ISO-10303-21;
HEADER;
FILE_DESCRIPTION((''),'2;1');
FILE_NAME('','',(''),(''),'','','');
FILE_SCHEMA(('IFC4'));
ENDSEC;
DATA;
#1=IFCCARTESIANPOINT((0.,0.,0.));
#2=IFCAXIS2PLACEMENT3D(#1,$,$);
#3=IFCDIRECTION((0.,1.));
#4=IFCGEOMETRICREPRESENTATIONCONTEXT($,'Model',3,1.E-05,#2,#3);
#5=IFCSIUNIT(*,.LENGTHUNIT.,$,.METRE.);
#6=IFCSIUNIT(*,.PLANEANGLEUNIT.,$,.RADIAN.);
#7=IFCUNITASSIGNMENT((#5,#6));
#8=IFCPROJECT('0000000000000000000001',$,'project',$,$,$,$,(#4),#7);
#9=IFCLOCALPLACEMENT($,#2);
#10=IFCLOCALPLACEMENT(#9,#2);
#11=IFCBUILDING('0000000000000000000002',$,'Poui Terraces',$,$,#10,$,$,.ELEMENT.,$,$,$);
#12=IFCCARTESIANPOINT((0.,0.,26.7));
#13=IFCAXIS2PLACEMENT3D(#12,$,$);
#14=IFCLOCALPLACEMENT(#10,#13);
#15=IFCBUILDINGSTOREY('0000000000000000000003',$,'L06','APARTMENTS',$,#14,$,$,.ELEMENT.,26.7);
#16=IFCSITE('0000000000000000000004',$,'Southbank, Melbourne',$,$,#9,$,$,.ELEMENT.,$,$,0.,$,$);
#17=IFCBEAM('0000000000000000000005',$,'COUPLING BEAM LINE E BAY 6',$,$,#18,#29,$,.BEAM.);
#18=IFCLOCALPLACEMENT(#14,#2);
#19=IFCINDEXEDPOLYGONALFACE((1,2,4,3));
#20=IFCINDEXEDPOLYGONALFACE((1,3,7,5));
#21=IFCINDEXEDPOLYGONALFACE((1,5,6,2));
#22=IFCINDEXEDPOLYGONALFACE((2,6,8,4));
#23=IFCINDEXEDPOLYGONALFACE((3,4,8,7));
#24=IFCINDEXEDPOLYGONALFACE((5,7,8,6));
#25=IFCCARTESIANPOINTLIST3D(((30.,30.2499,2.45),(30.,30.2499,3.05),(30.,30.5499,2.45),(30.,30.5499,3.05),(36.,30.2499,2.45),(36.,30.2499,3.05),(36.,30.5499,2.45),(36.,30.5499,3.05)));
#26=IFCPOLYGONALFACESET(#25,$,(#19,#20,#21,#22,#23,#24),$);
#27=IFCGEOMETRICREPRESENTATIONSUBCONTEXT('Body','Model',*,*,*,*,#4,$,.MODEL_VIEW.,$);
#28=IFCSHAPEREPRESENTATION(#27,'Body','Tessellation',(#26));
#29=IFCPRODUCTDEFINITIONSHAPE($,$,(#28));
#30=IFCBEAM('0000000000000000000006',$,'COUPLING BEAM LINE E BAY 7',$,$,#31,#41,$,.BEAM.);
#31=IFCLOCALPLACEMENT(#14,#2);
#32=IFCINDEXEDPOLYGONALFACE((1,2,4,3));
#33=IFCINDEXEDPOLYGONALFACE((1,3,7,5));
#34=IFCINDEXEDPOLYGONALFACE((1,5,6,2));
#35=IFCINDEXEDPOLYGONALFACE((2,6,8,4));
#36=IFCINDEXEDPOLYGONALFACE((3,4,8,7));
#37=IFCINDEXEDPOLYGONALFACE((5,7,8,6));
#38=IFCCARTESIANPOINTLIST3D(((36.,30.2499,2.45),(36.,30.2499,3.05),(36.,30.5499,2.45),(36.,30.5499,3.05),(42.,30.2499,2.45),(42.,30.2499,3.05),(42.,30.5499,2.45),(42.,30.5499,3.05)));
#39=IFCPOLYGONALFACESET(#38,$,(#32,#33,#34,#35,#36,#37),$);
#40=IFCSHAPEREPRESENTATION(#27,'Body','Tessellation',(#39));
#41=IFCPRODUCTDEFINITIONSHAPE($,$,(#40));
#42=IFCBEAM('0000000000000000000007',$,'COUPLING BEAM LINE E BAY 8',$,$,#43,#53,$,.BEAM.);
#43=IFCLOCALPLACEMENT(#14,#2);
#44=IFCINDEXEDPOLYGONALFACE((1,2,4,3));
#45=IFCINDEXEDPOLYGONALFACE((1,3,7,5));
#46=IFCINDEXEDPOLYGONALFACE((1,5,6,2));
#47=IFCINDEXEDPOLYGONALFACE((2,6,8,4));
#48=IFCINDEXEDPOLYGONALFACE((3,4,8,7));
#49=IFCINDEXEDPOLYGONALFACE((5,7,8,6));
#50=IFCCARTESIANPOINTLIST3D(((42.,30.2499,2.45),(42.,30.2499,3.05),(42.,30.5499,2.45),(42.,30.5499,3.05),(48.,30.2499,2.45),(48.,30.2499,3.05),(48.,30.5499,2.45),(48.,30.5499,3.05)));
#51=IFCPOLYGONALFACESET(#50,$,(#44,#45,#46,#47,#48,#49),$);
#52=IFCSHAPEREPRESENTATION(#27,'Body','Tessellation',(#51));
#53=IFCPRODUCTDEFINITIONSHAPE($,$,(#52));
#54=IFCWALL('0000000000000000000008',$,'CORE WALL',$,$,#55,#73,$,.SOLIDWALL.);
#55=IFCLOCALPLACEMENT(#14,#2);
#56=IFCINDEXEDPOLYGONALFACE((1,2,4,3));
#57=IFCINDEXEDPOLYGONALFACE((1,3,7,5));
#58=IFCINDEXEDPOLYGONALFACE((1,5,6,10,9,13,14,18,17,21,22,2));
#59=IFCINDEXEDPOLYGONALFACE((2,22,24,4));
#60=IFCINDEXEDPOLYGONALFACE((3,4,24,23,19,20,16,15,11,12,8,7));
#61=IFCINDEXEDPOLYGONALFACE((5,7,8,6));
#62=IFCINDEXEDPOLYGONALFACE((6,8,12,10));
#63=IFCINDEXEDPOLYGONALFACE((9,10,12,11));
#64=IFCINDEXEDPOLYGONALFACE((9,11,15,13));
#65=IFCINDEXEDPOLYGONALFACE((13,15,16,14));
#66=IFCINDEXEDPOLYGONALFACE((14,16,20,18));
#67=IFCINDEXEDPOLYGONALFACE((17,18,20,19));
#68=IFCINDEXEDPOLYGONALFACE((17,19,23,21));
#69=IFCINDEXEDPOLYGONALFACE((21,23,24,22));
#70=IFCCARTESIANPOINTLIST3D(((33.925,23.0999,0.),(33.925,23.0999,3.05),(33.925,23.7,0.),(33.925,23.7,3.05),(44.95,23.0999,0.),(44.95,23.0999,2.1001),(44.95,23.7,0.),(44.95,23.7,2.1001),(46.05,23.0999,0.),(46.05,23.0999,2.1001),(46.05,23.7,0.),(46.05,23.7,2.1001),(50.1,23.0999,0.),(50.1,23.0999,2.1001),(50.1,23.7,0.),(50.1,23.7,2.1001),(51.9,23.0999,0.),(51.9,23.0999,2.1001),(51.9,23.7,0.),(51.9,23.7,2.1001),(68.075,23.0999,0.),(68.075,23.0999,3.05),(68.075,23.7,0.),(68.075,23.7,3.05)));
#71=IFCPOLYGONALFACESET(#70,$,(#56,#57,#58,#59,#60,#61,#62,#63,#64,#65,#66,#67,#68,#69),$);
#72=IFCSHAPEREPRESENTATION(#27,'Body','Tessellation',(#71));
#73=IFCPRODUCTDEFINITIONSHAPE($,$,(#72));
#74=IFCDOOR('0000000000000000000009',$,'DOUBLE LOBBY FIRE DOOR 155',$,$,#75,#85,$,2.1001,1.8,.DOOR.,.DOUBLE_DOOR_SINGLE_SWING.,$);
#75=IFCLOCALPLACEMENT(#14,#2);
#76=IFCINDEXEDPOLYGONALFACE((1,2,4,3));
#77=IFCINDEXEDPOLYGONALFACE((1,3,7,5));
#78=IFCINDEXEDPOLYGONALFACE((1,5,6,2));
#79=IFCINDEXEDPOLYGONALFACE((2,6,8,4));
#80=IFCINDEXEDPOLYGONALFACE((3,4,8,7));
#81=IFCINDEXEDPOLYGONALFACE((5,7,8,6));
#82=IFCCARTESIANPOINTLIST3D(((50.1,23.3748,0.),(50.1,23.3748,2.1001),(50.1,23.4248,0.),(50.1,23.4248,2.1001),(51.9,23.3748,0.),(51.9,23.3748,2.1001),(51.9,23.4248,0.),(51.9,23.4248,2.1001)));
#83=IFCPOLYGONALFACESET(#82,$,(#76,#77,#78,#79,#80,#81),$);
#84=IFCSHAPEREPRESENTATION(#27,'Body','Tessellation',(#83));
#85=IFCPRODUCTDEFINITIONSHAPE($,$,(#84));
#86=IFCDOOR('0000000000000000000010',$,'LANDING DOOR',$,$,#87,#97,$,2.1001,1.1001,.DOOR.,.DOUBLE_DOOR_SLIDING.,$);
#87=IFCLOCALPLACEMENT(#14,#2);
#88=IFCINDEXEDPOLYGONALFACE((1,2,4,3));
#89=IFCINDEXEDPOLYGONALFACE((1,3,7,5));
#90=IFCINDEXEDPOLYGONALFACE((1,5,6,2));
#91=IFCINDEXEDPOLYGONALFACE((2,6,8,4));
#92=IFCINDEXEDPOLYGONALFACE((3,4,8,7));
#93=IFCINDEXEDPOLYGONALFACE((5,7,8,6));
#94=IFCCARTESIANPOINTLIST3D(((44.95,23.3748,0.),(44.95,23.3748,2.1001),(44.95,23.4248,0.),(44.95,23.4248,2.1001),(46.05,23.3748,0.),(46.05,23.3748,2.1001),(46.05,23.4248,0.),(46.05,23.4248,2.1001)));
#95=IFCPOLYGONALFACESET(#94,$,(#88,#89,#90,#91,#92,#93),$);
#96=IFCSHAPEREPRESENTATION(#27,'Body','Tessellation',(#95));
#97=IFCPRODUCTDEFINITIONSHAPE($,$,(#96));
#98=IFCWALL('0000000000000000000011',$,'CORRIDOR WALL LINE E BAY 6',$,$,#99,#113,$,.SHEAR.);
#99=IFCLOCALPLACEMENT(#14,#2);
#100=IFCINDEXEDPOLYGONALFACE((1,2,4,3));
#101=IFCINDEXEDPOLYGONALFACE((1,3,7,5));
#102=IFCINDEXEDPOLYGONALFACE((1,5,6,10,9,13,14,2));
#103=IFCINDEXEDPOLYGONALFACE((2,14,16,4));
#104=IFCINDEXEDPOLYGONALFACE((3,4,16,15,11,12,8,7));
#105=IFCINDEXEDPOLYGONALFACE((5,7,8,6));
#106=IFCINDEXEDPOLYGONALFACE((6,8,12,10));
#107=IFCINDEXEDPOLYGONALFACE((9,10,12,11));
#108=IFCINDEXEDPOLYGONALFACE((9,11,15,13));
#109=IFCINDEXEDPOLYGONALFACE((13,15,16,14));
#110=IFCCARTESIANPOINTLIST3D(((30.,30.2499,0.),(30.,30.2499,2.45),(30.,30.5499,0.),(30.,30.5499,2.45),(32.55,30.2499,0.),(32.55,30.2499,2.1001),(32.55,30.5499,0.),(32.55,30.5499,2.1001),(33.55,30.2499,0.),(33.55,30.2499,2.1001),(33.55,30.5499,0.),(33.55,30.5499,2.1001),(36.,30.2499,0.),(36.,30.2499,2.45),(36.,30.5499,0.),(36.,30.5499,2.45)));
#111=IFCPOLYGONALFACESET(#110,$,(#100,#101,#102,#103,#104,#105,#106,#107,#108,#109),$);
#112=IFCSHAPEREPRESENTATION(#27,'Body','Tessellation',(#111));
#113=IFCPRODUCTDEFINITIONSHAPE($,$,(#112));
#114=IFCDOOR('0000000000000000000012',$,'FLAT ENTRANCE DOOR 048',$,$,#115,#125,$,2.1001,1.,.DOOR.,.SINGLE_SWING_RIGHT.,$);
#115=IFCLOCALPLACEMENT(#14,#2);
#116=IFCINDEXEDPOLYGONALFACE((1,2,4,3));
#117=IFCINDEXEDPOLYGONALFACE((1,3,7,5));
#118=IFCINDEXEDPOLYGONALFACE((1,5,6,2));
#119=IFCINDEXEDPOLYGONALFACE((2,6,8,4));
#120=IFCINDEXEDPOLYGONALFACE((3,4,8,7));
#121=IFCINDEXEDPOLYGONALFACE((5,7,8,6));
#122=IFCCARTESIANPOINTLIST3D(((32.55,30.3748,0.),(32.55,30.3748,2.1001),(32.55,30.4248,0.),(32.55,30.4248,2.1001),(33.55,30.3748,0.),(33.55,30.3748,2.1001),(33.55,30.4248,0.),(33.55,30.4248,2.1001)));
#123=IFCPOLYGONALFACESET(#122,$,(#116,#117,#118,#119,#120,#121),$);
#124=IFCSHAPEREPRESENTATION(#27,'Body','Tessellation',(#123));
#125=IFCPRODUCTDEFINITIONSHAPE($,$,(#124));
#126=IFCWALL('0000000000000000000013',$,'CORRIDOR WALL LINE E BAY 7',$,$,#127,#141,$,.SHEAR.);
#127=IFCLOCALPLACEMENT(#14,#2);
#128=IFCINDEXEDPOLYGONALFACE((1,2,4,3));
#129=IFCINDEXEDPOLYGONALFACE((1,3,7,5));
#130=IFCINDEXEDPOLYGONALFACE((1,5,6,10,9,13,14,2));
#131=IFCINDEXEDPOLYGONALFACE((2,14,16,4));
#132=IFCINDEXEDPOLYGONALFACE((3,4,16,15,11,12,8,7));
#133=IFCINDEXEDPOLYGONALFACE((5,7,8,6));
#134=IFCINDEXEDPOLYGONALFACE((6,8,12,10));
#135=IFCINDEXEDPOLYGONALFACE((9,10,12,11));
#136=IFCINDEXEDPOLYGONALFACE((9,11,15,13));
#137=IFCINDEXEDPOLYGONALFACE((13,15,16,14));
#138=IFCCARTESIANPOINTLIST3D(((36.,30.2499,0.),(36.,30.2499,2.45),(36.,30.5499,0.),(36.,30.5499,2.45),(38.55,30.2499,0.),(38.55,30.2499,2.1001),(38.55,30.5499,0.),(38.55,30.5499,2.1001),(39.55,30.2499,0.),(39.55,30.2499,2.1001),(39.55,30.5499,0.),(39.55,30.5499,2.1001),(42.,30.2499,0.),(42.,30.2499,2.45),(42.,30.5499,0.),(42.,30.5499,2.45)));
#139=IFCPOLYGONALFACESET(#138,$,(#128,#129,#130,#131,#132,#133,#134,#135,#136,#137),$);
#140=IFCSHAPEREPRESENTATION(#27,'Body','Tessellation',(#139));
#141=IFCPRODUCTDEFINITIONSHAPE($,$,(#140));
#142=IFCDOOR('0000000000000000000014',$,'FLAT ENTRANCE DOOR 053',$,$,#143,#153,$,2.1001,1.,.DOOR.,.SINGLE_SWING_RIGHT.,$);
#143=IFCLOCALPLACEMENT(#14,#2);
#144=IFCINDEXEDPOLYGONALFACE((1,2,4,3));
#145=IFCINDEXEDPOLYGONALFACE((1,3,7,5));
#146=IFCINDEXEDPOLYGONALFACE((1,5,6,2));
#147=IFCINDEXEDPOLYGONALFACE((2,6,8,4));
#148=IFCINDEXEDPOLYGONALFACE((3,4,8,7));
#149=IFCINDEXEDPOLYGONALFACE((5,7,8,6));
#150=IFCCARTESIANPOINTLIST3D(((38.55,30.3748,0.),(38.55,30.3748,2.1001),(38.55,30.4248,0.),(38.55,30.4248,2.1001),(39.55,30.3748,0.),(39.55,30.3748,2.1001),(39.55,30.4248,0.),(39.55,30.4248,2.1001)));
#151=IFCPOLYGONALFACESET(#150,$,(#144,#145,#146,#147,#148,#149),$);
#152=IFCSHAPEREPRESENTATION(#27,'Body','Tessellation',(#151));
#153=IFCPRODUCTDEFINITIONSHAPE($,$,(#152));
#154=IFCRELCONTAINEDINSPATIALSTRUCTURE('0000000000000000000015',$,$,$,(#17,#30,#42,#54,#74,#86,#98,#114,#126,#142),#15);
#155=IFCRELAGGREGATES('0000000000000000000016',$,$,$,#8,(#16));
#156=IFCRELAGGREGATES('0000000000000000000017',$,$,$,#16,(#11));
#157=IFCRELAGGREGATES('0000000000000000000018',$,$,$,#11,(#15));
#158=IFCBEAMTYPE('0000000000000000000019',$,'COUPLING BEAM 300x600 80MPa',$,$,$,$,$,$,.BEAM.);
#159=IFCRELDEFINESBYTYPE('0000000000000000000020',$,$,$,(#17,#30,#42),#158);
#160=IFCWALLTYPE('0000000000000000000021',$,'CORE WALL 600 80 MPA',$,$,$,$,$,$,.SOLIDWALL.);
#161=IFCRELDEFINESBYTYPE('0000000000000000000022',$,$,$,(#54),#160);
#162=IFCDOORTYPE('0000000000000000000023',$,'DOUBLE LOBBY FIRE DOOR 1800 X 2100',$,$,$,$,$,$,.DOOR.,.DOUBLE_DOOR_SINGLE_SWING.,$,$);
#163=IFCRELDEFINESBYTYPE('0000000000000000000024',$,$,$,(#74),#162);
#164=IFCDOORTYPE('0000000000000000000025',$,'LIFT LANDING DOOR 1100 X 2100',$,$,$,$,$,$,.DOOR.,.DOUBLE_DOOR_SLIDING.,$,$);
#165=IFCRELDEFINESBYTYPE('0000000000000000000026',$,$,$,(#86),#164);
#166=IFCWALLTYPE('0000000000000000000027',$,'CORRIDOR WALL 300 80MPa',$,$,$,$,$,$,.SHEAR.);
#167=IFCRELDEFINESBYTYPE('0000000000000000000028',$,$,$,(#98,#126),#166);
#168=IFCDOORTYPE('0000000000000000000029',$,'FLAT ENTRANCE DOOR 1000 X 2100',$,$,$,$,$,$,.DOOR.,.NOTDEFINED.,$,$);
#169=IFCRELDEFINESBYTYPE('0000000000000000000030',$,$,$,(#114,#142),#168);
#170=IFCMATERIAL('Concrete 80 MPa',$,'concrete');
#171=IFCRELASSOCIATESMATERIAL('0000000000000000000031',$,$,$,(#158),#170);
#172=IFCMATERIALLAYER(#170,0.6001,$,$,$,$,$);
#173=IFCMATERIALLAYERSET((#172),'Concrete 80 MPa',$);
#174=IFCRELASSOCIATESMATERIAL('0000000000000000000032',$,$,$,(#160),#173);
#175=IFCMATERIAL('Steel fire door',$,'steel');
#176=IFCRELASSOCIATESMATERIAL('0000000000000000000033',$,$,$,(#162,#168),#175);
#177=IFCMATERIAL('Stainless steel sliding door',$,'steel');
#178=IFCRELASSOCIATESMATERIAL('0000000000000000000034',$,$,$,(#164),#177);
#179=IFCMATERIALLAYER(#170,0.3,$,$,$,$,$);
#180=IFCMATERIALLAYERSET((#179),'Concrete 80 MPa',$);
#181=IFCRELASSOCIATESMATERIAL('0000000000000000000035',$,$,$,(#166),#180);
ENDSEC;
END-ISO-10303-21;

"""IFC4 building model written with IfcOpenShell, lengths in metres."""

from ifc_helpers import new_model, si_unit, direction, frame, frame_2d, origin, origin_2d, place, context, subcontext, project, spatial, rectangle, extrude, source, transform, mapped, material, layer, layer_set, material_profile, profile_set, type_object, element, fill, save


model = new_model("IFC4")

# Units and contexts
model_context = context("Model", 3, precision=1e-05, world=origin(), true_north=direction((0.0, 1.0)))
body_context = subcontext(model_context, "Body", "Model", "MODEL_VIEW")
ifc_project = project(units=[si_unit("LENGTHUNIT", "METRE"), si_unit("PLANEANGLEUNIT", "RADIAN")], contexts=[model_context])

# Site, building, storey
site_placement = place(None, origin())
site = spatial("IfcSite", under=ifc_project, at=site_placement, Name="Southbank, Melbourne", CompositionType="ELEMENT", RefElevation=0.0)
building_placement = place(site_placement, origin())
building = spatial("IfcBuilding", under=site, at=building_placement, Name="Poui Terraces", CompositionType="ELEMENT")
storey_placement = place(building_placement, frame((0.0, 0.0, 26.7)))
storey = spatial("IfcBuildingStorey", under=building, at=storey_placement, Name="L06", Description="APARTMENTS", CompositionType="ELEMENT", Elevation=26.7)

# Beams
ifc_material_1 = material(Name="Concrete 80 MPa", Category="concrete")
ifc_material_profile = material_profile(ifc_material_1, rectangle(XDim=0.3, YDim=0.6001, at=origin_2d()), Name="RC 300x600")
ifc_profile_set = profile_set([ifc_material_profile], Name="Concrete 80 MPa")
beam_type = type_object("IfcBeamType", Name="COUPLING BEAM 300x600 80MPa", PredefinedType="BEAM", material=ifc_profile_set)
shared_shape = source(origin(), body_context, "Body", "SweptSolid", [
    extrude(rectangle(XDim=0.3, YDim=0.6001, at=origin_2d()), origin(), (0.0, 0.0, 1.0), 6.0),
])
for number, where, z_axis, x_axis, name in (
    (1, (30.0, 30.3999, 2.75), (1.0, 0.0, 0.0), (0.0, 1.0, 0.0), "COUPLING BEAM LINE E BAY 6"),
    (2, (36.0, 30.3999, 2.75), (1.0, 0.0, 0.0), (0.0, 1.0, 0.0), "COUPLING BEAM LINE E BAY 7"),
    (3, (42.0, 30.3999, 2.75), (1.0, 0.0, 0.0), (0.0, 1.0, 0.0), "COUPLING BEAM LINE E BAY 8"),
):
    element("IfcBeam", number, at=place(storey_placement, frame(where, z_axis=z_axis, x_axis=x_axis)), inside=storey, type_object=beam_type, Name=name, PredefinedType="BEAM", context=body_context, shape_type="MappedRepresentation", body=[
        mapped(shared_shape, transform((0.0, 0.0, 0.0))),
    ])

# Wall, openings, doors
ifc_layer_1 = layer(ifc_material_1, 0.6001)
ifc_layer_set_1 = layer_set([ifc_layer_1], Name="Concrete 80 MPa")
wall_type_1 = type_object("IfcWallType", Name="CORE WALL 600 80 MPA", PredefinedType="SOLIDWALL", material=ifc_layer_set_1)
wall_1_placement = place(storey_placement, frame((33.925, 23.3999, 0.0), z_axis=(0.0, 0.0, 1.0), x_axis=(1.0, 0.0, 0.0)))
wall_1 = element("IfcWall", 4, at=wall_1_placement, inside=storey, type_object=wall_type_1, Name="CORE WALL", PredefinedType="SOLIDWALL", context=body_context, shape_type="SweptSolid", body=[
    extrude(rectangle(XDim=34.1499, YDim=0.6001, at=frame_2d((17.075, 0.0))), origin(), (0.0, 0.0, 1.0), 3.05),
])
opening_1_placement = place(wall_1_placement, frame((16.175, 0.0, 0.0)))
opening_1 = element("IfcOpeningElement", 5, at=opening_1_placement, cuts=wall_1, PredefinedType="OPENING", context=body_context, shape_type="SweptSolid", body=[
    extrude(rectangle(XDim=1.8, YDim=2.1001, at=frame_2d((0.8999, 1.05))), frame((0.0, 0.3101, 0.0), z_axis=(0.0, -1.0, 0.0), x_axis=(1.0, 0.0, 0.0)), (0.0, 0.0, 1.0), 0.6201),
])
opening_2_placement = place(wall_1_placement, frame((11.0249, 0.0, 0.0)))
opening_2 = element("IfcOpeningElement", 6, at=opening_2_placement, cuts=wall_1, PredefinedType="OPENING", context=body_context, shape_type="SweptSolid", body=[
    extrude(rectangle(XDim=1.1001, YDim=2.1001, at=frame_2d((0.55, 1.05))), frame((0.0, 0.3101, 0.0), z_axis=(0.0, -1.0, 0.0), x_axis=(1.0, 0.0, 0.0)), (0.0, 0.0, 1.0), 0.6201),
])
ifc_material_2 = material(Name="Steel fire door", Category="steel")
door_type_1 = type_object("IfcDoorType", Name="DOUBLE LOBBY FIRE DOOR 1800 X 2100", OperationType="DOUBLE_DOOR_SINGLE_SWING", PredefinedType="DOOR", material=ifc_material_2)
door_1_placement = place(opening_1_placement, origin())
door_1 = element("IfcDoor", 7, at=door_1_placement, inside=storey, type_object=door_type_1, Name="DOUBLE LOBBY FIRE DOOR 155", OperationType="DOUBLE_DOOR_SINGLE_SWING", OverallHeight=2.1001, OverallWidth=1.8, PredefinedType="DOOR", context=body_context, shape_type="SweptSolid", body=[
    extrude(rectangle(XDim=1.8, YDim=2.1001, at=frame_2d((0.8999, 1.05))), frame((0.0, 0.0249, 0.0), z_axis=(0.0, -1.0, 0.0), x_axis=(1.0, 0.0, 0.0)), (0.0, 0.0, 1.0), 0.05),
])
fill(opening_1, door_1)
ifc_material_3 = material(Name="Stainless steel sliding door", Category="steel")
door_type_2 = type_object("IfcDoorType", Name="LIFT LANDING DOOR 1100 X 2100", OperationType="DOUBLE_DOOR_SLIDING", PredefinedType="DOOR", material=ifc_material_3)
door_2_placement = place(opening_2_placement, origin())
door_2 = element("IfcDoor", 8, at=door_2_placement, inside=storey, type_object=door_type_2, Name="LANDING DOOR", OperationType="DOUBLE_DOOR_SLIDING", OverallHeight=2.1001, OverallWidth=1.1001, PredefinedType="DOOR", context=body_context, shape_type="SweptSolid", body=[
    extrude(rectangle(XDim=1.1001, YDim=2.1001, at=frame_2d((0.55, 1.05))), frame((0.0, 0.0249, 0.0), z_axis=(0.0, -1.0, 0.0), x_axis=(1.0, 0.0, 0.0)), (0.0, 0.0, 1.0), 0.05),
])
fill(opening_2, door_2)

# Walls, openings, doors
ifc_layer_2 = layer(ifc_material_1, 0.3)
ifc_layer_set_2 = layer_set([ifc_layer_2], Name="Concrete 80 MPa")
wall_type_2 = type_object("IfcWallType", Name="CORRIDOR WALL 300 80MPa", PredefinedType="SHEAR", material=ifc_layer_set_2)
wall_2_placement = place(storey_placement, frame((30.0, 30.3999, 0.0), z_axis=(0.0, 0.0, 1.0), x_axis=(1.0, 0.0, 0.0)))
wall_2 = element("IfcWall", 9, at=wall_2_placement, inside=storey, type_object=wall_type_2, Name="CORRIDOR WALL LINE E BAY 6", PredefinedType="SHEAR", context=body_context, shape_type="SweptSolid", body=[
    extrude(rectangle(XDim=6.0, YDim=0.3, at=frame_2d((3.0, 0.0))), origin(), (0.0, 0.0, 1.0), 2.45),
])
opening_3_placement = place(wall_2_placement, frame((2.55, 0.0, 0.0)))
opening_3 = element("IfcOpeningElement", 10, at=opening_3_placement, cuts=wall_2, PredefinedType="OPENING", context=body_context, shape_type="SweptSolid", body=[
    extrude(rectangle(XDim=1.0, YDim=2.1001, at=frame_2d((0.5, 1.05))), frame((0.0, 0.1602, 0.0), z_axis=(0.0, -1.0, 0.0), x_axis=(1.0, 0.0, 0.0)), (0.0, 0.0, 1.0), 0.3201),
])
door_type_3 = type_object("IfcDoorType", Name="FLAT ENTRANCE DOOR 1000 X 2100", OperationType="NOTDEFINED", PredefinedType="DOOR", material=ifc_material_2)
door_3_placement = place(opening_3_placement, origin())
door_3 = element("IfcDoor", 11, at=door_3_placement, inside=storey, type_object=door_type_3, Name="FLAT ENTRANCE DOOR 048", OperationType="SINGLE_SWING_RIGHT", OverallHeight=2.1001, OverallWidth=1.0, PredefinedType="DOOR", context=body_context, shape_type="SweptSolid", body=[
    extrude(rectangle(XDim=1.0, YDim=2.1001, at=frame_2d((0.5, 1.05))), frame((0.0, 0.0249, 0.0), z_axis=(0.0, -1.0, 0.0), x_axis=(1.0, 0.0, 0.0)), (0.0, 0.0, 1.0), 0.05),
])
fill(opening_3, door_3)
wall_3_placement = place(storey_placement, frame((36.0, 30.3999, 0.0), z_axis=(0.0, 0.0, 1.0), x_axis=(1.0, 0.0, 0.0)))
wall_3 = element("IfcWall", 12, at=wall_3_placement, inside=storey, type_object=wall_type_2, Name="CORRIDOR WALL LINE E BAY 7", PredefinedType="SHEAR", context=body_context, shape_type="SweptSolid", body=[
    extrude(rectangle(XDim=6.0, YDim=0.3, at=frame_2d((3.0, 0.0))), origin(), (0.0, 0.0, 1.0), 2.45),
])
opening_4_placement = place(wall_3_placement, frame((2.55, 0.0, 0.0)))
opening_4 = element("IfcOpeningElement", 13, at=opening_4_placement, cuts=wall_3, PredefinedType="OPENING", context=body_context, shape_type="SweptSolid", body=[
    extrude(rectangle(XDim=1.0, YDim=2.1001, at=frame_2d((0.5, 1.05))), frame((0.0, 0.1602, 0.0), z_axis=(0.0, -1.0, 0.0), x_axis=(1.0, 0.0, 0.0)), (0.0, 0.0, 1.0), 0.3201),
])
door_4_placement = place(opening_4_placement, origin())
door_4 = element("IfcDoor", 14, at=door_4_placement, inside=storey, type_object=door_type_3, Name="FLAT ENTRANCE DOOR 053", OperationType="SINGLE_SWING_RIGHT", OverallHeight=2.1001, OverallWidth=1.0, PredefinedType="DOOR", context=body_context, shape_type="SweptSolid", body=[
    extrude(rectangle(XDim=1.0, YDim=2.1001, at=frame_2d((0.5, 1.05))), frame((0.0, 0.0249, 0.0), z_axis=(0.0, -1.0, 0.0), x_axis=(1.0, 0.0, 0.0)), (0.0, 0.0, 1.0), 0.05),
])
fill(opening_4, door_4)

save(model, "model.ifc")
